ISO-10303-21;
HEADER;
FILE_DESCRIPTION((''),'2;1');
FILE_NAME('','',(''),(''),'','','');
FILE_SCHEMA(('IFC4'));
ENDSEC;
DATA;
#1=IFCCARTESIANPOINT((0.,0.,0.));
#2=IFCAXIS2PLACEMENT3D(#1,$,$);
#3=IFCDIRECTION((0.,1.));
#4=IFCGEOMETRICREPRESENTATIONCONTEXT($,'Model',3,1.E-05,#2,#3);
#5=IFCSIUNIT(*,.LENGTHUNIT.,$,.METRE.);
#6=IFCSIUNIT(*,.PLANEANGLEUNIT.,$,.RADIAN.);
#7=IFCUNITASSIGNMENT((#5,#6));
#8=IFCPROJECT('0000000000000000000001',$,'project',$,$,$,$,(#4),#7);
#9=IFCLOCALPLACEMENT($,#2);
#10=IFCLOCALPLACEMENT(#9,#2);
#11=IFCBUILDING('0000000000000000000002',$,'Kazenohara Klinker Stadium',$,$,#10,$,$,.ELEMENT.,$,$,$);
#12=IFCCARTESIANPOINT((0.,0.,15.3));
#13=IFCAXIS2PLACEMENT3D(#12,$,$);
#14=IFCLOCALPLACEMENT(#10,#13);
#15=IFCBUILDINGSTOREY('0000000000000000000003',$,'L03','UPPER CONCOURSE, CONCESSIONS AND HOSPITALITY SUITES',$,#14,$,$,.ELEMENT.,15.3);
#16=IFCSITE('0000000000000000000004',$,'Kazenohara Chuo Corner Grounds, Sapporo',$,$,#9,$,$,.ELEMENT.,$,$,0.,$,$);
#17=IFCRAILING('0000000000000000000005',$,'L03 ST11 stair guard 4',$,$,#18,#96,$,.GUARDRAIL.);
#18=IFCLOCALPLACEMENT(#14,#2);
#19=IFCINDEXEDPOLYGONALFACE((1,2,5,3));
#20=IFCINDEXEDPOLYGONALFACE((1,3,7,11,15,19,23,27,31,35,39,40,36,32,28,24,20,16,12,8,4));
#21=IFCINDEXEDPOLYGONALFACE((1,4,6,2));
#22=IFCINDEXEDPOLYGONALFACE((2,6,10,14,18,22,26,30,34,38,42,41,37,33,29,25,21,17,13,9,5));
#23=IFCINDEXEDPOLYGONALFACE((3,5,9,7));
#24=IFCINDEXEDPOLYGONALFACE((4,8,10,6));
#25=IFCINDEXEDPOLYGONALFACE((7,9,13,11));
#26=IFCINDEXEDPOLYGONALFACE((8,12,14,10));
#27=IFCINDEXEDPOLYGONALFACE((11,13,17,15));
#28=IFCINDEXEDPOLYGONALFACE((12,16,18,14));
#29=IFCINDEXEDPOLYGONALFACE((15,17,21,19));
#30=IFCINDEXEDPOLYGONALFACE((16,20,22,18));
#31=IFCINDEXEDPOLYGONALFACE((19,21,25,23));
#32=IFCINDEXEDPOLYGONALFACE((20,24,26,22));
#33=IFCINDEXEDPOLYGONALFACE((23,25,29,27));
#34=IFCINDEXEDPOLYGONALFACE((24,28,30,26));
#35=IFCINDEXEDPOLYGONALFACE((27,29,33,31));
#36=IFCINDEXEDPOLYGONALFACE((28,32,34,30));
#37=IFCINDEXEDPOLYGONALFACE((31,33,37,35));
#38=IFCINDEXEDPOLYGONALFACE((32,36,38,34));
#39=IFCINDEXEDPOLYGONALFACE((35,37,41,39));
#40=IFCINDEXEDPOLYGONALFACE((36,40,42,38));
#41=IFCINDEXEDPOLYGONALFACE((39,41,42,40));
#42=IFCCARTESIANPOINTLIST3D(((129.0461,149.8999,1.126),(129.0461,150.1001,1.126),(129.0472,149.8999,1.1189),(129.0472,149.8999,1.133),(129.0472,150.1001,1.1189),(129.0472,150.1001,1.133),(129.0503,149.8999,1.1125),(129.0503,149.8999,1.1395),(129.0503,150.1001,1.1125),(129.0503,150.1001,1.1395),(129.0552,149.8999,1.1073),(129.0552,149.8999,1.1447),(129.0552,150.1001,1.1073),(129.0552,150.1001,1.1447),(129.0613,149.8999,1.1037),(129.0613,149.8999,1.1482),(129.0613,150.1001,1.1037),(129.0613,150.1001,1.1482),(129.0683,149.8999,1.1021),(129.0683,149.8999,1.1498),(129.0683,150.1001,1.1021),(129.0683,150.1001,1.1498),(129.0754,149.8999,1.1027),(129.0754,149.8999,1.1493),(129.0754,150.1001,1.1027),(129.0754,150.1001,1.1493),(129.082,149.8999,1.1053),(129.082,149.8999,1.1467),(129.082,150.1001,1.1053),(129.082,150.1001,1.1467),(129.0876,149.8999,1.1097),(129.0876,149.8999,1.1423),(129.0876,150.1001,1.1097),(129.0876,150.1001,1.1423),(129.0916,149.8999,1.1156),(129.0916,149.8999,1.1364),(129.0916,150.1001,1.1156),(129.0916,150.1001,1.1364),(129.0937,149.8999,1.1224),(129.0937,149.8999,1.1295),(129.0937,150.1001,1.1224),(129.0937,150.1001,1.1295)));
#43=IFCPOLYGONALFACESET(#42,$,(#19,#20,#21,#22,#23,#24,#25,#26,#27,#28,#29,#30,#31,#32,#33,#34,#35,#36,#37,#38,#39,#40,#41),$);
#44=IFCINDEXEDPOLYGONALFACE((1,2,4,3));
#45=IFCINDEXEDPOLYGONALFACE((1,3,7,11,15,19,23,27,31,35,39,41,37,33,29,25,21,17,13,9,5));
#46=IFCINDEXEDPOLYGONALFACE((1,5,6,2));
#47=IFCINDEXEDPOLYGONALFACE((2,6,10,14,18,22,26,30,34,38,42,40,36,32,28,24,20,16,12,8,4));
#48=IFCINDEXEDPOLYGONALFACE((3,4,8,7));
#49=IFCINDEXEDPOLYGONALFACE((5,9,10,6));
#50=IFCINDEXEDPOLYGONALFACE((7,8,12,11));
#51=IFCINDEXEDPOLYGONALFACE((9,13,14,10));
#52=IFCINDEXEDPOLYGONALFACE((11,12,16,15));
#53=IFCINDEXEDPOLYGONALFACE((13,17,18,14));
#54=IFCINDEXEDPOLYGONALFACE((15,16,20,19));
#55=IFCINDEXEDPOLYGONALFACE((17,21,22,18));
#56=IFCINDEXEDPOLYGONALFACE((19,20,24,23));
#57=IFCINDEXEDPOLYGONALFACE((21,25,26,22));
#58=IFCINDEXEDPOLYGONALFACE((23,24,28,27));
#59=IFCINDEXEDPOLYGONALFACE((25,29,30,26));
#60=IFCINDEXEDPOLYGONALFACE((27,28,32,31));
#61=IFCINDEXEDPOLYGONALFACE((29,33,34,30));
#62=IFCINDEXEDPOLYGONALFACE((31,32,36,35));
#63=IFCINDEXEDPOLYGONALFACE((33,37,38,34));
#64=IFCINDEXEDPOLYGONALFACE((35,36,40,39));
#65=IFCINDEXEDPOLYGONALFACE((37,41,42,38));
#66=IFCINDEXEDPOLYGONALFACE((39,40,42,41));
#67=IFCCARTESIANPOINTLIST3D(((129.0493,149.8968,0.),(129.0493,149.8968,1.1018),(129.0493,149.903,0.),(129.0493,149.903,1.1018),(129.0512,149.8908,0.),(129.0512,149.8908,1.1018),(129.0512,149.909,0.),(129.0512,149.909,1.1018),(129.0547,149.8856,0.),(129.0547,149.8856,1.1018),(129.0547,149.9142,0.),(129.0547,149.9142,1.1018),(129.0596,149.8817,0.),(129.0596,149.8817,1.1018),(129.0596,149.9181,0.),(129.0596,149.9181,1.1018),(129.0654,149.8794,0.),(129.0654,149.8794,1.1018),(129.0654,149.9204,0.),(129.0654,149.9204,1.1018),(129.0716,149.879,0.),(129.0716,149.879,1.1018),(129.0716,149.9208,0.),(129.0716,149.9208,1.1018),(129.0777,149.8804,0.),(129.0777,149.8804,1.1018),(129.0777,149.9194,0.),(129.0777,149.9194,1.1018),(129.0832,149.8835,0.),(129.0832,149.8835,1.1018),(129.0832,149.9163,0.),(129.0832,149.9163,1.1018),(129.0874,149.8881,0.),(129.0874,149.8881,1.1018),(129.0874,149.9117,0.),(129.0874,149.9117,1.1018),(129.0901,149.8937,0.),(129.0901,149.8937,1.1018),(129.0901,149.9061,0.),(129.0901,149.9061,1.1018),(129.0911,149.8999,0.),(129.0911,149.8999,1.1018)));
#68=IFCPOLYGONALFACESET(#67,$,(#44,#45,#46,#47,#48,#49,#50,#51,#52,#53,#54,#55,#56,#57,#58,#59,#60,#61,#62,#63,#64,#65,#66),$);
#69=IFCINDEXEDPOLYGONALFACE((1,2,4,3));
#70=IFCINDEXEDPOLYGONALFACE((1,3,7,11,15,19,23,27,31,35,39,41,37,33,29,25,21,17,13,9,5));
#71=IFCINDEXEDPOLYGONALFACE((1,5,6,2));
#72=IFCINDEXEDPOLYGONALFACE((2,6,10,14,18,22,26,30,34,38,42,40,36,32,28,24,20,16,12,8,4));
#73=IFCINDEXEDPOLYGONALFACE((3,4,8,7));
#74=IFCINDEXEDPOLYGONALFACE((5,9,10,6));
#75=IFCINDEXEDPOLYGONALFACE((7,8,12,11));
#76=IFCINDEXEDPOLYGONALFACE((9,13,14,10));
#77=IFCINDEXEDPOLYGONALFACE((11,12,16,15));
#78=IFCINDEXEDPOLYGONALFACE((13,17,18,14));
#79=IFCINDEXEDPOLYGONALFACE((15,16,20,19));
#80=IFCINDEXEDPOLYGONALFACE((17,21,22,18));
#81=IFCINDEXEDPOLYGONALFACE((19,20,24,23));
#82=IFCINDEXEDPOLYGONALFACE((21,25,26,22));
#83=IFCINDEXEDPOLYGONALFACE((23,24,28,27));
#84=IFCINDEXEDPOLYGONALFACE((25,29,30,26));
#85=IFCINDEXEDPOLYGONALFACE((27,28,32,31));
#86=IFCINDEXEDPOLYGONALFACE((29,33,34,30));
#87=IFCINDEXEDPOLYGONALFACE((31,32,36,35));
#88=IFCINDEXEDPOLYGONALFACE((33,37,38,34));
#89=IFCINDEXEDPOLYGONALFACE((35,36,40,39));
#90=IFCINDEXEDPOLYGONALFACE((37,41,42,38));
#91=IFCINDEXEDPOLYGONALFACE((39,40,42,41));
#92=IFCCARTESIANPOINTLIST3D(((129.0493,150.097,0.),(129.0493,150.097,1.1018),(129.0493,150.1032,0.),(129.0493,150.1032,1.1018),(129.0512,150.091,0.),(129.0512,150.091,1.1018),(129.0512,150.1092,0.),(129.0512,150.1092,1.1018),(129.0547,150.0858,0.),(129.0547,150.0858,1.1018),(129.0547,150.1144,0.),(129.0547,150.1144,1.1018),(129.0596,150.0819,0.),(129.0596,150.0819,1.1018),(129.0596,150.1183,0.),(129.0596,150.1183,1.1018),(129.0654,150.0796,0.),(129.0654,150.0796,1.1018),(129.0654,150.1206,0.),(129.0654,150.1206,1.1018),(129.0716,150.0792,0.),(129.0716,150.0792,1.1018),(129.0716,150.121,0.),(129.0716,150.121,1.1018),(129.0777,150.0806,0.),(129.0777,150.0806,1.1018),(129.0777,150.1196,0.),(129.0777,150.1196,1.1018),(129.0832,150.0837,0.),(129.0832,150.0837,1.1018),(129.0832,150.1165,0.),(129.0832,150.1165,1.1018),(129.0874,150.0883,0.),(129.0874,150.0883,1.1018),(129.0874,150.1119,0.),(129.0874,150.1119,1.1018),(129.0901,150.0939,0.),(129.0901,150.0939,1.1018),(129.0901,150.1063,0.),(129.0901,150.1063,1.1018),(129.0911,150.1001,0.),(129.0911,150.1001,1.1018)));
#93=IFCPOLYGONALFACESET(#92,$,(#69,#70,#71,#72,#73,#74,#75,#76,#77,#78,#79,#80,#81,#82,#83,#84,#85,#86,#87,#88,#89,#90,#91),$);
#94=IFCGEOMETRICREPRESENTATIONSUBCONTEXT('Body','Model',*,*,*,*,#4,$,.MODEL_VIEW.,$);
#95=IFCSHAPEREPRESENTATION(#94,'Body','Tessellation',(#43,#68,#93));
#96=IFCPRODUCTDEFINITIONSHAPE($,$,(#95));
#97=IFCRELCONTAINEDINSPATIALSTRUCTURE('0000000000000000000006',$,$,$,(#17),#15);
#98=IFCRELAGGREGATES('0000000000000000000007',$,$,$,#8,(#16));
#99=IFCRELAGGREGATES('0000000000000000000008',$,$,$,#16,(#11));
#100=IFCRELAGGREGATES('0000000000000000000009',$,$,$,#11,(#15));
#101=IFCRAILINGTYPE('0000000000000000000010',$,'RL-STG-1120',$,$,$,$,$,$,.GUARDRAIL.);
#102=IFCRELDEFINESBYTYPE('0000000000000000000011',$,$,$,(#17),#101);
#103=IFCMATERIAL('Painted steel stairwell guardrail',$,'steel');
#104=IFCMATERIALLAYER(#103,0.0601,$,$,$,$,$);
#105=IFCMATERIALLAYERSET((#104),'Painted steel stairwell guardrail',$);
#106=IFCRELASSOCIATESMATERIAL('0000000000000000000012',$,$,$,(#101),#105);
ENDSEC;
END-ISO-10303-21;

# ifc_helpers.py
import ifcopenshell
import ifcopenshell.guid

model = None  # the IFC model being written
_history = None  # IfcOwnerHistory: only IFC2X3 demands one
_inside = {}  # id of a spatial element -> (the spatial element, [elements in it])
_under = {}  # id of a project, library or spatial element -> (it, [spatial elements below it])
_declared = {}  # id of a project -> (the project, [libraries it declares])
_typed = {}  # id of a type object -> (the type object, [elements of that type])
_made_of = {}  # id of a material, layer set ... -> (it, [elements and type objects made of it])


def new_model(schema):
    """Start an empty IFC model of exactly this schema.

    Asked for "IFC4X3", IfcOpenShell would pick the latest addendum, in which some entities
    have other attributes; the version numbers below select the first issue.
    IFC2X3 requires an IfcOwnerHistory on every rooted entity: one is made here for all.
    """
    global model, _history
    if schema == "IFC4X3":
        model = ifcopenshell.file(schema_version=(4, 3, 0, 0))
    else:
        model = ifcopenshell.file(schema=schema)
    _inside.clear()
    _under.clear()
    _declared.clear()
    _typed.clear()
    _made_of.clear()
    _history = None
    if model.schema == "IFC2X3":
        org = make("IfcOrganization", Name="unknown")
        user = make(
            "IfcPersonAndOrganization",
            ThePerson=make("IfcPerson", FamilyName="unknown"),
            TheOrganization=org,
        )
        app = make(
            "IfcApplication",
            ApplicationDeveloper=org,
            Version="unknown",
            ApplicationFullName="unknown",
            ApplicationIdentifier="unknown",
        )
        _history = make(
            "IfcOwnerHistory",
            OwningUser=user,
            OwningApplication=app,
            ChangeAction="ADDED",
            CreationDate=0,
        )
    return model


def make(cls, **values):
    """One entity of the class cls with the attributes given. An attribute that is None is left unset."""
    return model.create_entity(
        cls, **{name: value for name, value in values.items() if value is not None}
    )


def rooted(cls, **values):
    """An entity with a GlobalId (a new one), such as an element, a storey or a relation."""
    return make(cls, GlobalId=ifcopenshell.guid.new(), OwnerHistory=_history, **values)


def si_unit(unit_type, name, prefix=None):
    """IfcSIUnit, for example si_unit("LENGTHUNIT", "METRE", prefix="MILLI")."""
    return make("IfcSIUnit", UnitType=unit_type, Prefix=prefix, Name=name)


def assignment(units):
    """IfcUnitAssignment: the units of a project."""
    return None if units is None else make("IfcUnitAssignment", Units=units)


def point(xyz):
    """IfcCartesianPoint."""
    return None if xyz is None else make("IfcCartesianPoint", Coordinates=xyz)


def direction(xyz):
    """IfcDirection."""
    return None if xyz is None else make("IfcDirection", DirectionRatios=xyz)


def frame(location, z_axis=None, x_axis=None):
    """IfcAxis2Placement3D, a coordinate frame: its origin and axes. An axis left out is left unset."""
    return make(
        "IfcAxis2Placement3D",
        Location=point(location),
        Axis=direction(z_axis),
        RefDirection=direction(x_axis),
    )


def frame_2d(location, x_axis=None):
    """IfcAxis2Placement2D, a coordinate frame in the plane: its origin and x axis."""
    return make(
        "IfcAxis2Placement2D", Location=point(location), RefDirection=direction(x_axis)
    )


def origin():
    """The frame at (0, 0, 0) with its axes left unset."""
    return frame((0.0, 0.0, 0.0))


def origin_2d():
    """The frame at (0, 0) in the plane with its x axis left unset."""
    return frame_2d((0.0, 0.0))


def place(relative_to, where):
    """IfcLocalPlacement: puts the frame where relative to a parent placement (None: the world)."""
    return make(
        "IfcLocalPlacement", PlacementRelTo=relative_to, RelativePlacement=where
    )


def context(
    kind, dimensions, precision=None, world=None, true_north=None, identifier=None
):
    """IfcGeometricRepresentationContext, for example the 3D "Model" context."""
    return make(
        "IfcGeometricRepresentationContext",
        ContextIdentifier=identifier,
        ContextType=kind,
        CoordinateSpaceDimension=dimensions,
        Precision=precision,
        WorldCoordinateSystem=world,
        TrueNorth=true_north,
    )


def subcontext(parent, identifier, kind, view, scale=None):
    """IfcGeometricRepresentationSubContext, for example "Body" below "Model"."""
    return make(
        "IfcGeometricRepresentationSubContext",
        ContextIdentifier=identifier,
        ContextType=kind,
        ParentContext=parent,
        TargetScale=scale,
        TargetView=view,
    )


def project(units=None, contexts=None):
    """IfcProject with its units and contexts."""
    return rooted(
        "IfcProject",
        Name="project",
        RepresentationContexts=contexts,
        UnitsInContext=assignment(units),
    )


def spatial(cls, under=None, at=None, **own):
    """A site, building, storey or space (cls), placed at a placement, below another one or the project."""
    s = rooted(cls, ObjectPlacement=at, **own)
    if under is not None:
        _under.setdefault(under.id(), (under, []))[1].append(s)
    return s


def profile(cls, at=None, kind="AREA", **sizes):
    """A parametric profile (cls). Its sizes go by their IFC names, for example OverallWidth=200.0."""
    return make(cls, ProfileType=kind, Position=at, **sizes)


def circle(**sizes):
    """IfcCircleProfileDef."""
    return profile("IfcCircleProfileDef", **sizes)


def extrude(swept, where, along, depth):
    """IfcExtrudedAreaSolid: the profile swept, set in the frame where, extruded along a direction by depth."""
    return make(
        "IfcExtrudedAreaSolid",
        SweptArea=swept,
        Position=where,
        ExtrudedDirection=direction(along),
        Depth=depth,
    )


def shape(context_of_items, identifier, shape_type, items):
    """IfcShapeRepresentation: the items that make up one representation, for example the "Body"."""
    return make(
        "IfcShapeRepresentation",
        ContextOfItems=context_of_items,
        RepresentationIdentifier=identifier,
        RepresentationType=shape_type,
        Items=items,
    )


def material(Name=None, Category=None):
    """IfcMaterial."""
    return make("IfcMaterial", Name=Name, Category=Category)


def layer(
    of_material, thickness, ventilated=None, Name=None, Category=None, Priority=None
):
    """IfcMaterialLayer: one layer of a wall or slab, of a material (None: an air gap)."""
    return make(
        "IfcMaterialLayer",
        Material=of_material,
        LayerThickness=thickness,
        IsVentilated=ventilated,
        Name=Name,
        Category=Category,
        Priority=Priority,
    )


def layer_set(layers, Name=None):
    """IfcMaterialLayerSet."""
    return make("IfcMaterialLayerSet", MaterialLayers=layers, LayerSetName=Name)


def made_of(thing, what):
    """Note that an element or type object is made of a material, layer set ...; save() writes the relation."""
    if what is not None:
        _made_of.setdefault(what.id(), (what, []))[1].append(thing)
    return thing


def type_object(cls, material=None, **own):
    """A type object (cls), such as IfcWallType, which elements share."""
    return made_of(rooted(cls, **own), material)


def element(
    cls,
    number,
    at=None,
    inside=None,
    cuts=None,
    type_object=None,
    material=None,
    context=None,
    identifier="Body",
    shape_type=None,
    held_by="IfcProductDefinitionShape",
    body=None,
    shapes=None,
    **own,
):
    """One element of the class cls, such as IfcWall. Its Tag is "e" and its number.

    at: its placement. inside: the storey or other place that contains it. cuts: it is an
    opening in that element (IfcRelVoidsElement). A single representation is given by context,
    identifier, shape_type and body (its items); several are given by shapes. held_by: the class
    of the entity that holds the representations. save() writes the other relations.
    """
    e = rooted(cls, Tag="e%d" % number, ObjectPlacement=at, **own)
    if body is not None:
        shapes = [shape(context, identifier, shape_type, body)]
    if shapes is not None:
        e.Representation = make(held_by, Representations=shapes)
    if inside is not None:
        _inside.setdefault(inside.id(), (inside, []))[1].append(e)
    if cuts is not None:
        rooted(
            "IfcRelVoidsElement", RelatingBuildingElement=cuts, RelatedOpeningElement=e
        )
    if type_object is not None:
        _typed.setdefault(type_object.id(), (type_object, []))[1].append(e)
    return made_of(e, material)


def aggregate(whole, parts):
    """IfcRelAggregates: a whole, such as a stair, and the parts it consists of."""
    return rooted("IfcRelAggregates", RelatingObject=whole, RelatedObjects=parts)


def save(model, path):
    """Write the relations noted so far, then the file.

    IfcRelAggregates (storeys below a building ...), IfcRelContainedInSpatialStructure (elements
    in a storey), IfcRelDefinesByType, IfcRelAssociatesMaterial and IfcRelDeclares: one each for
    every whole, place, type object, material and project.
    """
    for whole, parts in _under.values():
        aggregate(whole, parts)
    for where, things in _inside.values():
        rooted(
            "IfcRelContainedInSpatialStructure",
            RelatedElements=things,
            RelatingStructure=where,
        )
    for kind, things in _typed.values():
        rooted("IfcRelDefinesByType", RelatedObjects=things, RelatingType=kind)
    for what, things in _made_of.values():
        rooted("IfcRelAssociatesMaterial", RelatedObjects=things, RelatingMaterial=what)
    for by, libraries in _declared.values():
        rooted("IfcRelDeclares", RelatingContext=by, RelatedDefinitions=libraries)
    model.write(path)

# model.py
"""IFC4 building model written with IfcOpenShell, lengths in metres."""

from ifc_helpers import new_model, si_unit, direction, frame, origin, origin_2d, place, context, subcontext, project, spatial, circle, extrude, material, layer, layer_set, type_object, element, save


model = new_model("IFC4")

# Units and contexts
model_context = context("Model", 3, precision=1e-05, world=origin(), true_north=direction((0.0, 1.0)))
body_context = subcontext(model_context, "Body", "Model", "MODEL_VIEW")
ifc_project = project(units=[si_unit("LENGTHUNIT", "METRE"), si_unit("PLANEANGLEUNIT", "RADIAN")], contexts=[model_context])

# Site, building, storey
site_placement = place(None, origin())
site = spatial("IfcSite", under=ifc_project, at=site_placement, Name="Kazenohara Chuo Corner Grounds, Sapporo", CompositionType="ELEMENT", RefElevation=0.0)
building_placement = place(site_placement, origin())
building = spatial("IfcBuilding", under=site, at=building_placement, Name="Kazenohara Klinker Stadium", CompositionType="ELEMENT")
storey_placement = place(building_placement, frame((0.0, 0.0, 15.3)))
storey = spatial("IfcBuildingStorey", under=building, at=storey_placement, Name="L03", Description="UPPER CONCOURSE, CONCESSIONS AND HOSPITALITY SUITES", CompositionType="ELEMENT", Elevation=15.3)

# Railing
ifc_material_1 = material(Name="Painted steel stairwell guardrail", Category="steel")
ifc_layer_1 = layer(ifc_material_1, 0.0601)
ifc_layer_set_1 = layer_set([ifc_layer_1], Name="Painted steel stairwell guardrail")
railing_type_1 = type_object("IfcRailingType", Name="RL-STG-1120", PredefinedType="GUARDRAIL", material=ifc_layer_set_1)
railing_1_placement = place(storey_placement, frame((129.0701, 149.8999, 0.0)))
element("IfcRailing", 1, at=railing_1_placement, inside=storey, type_object=railing_type_1, Name="L03 ST11 stair guard 4", PredefinedType="GUARDRAIL", context=body_context, shape_type="SweptSolid", body=[
    extrude(circle(Radius=0.0239, at=origin_2d()), frame((0.0, 0.0, 1.126), z_axis=(0.0, 1.0, 0.0), x_axis=(-1.0, 0.0, 0.0)), (0.0, 0.0, 1.0), 0.2002),
    extrude(circle(Radius=0.021, at=origin_2d()), origin(), (0.0, 0.0, 1.0), 1.1018),
    extrude(circle(Radius=0.021, at=origin_2d()), frame((0.0, 0.2002, 0.0)), (0.0, 0.0, 1.0), 1.1018),
])

save(model, "model.ifc")
